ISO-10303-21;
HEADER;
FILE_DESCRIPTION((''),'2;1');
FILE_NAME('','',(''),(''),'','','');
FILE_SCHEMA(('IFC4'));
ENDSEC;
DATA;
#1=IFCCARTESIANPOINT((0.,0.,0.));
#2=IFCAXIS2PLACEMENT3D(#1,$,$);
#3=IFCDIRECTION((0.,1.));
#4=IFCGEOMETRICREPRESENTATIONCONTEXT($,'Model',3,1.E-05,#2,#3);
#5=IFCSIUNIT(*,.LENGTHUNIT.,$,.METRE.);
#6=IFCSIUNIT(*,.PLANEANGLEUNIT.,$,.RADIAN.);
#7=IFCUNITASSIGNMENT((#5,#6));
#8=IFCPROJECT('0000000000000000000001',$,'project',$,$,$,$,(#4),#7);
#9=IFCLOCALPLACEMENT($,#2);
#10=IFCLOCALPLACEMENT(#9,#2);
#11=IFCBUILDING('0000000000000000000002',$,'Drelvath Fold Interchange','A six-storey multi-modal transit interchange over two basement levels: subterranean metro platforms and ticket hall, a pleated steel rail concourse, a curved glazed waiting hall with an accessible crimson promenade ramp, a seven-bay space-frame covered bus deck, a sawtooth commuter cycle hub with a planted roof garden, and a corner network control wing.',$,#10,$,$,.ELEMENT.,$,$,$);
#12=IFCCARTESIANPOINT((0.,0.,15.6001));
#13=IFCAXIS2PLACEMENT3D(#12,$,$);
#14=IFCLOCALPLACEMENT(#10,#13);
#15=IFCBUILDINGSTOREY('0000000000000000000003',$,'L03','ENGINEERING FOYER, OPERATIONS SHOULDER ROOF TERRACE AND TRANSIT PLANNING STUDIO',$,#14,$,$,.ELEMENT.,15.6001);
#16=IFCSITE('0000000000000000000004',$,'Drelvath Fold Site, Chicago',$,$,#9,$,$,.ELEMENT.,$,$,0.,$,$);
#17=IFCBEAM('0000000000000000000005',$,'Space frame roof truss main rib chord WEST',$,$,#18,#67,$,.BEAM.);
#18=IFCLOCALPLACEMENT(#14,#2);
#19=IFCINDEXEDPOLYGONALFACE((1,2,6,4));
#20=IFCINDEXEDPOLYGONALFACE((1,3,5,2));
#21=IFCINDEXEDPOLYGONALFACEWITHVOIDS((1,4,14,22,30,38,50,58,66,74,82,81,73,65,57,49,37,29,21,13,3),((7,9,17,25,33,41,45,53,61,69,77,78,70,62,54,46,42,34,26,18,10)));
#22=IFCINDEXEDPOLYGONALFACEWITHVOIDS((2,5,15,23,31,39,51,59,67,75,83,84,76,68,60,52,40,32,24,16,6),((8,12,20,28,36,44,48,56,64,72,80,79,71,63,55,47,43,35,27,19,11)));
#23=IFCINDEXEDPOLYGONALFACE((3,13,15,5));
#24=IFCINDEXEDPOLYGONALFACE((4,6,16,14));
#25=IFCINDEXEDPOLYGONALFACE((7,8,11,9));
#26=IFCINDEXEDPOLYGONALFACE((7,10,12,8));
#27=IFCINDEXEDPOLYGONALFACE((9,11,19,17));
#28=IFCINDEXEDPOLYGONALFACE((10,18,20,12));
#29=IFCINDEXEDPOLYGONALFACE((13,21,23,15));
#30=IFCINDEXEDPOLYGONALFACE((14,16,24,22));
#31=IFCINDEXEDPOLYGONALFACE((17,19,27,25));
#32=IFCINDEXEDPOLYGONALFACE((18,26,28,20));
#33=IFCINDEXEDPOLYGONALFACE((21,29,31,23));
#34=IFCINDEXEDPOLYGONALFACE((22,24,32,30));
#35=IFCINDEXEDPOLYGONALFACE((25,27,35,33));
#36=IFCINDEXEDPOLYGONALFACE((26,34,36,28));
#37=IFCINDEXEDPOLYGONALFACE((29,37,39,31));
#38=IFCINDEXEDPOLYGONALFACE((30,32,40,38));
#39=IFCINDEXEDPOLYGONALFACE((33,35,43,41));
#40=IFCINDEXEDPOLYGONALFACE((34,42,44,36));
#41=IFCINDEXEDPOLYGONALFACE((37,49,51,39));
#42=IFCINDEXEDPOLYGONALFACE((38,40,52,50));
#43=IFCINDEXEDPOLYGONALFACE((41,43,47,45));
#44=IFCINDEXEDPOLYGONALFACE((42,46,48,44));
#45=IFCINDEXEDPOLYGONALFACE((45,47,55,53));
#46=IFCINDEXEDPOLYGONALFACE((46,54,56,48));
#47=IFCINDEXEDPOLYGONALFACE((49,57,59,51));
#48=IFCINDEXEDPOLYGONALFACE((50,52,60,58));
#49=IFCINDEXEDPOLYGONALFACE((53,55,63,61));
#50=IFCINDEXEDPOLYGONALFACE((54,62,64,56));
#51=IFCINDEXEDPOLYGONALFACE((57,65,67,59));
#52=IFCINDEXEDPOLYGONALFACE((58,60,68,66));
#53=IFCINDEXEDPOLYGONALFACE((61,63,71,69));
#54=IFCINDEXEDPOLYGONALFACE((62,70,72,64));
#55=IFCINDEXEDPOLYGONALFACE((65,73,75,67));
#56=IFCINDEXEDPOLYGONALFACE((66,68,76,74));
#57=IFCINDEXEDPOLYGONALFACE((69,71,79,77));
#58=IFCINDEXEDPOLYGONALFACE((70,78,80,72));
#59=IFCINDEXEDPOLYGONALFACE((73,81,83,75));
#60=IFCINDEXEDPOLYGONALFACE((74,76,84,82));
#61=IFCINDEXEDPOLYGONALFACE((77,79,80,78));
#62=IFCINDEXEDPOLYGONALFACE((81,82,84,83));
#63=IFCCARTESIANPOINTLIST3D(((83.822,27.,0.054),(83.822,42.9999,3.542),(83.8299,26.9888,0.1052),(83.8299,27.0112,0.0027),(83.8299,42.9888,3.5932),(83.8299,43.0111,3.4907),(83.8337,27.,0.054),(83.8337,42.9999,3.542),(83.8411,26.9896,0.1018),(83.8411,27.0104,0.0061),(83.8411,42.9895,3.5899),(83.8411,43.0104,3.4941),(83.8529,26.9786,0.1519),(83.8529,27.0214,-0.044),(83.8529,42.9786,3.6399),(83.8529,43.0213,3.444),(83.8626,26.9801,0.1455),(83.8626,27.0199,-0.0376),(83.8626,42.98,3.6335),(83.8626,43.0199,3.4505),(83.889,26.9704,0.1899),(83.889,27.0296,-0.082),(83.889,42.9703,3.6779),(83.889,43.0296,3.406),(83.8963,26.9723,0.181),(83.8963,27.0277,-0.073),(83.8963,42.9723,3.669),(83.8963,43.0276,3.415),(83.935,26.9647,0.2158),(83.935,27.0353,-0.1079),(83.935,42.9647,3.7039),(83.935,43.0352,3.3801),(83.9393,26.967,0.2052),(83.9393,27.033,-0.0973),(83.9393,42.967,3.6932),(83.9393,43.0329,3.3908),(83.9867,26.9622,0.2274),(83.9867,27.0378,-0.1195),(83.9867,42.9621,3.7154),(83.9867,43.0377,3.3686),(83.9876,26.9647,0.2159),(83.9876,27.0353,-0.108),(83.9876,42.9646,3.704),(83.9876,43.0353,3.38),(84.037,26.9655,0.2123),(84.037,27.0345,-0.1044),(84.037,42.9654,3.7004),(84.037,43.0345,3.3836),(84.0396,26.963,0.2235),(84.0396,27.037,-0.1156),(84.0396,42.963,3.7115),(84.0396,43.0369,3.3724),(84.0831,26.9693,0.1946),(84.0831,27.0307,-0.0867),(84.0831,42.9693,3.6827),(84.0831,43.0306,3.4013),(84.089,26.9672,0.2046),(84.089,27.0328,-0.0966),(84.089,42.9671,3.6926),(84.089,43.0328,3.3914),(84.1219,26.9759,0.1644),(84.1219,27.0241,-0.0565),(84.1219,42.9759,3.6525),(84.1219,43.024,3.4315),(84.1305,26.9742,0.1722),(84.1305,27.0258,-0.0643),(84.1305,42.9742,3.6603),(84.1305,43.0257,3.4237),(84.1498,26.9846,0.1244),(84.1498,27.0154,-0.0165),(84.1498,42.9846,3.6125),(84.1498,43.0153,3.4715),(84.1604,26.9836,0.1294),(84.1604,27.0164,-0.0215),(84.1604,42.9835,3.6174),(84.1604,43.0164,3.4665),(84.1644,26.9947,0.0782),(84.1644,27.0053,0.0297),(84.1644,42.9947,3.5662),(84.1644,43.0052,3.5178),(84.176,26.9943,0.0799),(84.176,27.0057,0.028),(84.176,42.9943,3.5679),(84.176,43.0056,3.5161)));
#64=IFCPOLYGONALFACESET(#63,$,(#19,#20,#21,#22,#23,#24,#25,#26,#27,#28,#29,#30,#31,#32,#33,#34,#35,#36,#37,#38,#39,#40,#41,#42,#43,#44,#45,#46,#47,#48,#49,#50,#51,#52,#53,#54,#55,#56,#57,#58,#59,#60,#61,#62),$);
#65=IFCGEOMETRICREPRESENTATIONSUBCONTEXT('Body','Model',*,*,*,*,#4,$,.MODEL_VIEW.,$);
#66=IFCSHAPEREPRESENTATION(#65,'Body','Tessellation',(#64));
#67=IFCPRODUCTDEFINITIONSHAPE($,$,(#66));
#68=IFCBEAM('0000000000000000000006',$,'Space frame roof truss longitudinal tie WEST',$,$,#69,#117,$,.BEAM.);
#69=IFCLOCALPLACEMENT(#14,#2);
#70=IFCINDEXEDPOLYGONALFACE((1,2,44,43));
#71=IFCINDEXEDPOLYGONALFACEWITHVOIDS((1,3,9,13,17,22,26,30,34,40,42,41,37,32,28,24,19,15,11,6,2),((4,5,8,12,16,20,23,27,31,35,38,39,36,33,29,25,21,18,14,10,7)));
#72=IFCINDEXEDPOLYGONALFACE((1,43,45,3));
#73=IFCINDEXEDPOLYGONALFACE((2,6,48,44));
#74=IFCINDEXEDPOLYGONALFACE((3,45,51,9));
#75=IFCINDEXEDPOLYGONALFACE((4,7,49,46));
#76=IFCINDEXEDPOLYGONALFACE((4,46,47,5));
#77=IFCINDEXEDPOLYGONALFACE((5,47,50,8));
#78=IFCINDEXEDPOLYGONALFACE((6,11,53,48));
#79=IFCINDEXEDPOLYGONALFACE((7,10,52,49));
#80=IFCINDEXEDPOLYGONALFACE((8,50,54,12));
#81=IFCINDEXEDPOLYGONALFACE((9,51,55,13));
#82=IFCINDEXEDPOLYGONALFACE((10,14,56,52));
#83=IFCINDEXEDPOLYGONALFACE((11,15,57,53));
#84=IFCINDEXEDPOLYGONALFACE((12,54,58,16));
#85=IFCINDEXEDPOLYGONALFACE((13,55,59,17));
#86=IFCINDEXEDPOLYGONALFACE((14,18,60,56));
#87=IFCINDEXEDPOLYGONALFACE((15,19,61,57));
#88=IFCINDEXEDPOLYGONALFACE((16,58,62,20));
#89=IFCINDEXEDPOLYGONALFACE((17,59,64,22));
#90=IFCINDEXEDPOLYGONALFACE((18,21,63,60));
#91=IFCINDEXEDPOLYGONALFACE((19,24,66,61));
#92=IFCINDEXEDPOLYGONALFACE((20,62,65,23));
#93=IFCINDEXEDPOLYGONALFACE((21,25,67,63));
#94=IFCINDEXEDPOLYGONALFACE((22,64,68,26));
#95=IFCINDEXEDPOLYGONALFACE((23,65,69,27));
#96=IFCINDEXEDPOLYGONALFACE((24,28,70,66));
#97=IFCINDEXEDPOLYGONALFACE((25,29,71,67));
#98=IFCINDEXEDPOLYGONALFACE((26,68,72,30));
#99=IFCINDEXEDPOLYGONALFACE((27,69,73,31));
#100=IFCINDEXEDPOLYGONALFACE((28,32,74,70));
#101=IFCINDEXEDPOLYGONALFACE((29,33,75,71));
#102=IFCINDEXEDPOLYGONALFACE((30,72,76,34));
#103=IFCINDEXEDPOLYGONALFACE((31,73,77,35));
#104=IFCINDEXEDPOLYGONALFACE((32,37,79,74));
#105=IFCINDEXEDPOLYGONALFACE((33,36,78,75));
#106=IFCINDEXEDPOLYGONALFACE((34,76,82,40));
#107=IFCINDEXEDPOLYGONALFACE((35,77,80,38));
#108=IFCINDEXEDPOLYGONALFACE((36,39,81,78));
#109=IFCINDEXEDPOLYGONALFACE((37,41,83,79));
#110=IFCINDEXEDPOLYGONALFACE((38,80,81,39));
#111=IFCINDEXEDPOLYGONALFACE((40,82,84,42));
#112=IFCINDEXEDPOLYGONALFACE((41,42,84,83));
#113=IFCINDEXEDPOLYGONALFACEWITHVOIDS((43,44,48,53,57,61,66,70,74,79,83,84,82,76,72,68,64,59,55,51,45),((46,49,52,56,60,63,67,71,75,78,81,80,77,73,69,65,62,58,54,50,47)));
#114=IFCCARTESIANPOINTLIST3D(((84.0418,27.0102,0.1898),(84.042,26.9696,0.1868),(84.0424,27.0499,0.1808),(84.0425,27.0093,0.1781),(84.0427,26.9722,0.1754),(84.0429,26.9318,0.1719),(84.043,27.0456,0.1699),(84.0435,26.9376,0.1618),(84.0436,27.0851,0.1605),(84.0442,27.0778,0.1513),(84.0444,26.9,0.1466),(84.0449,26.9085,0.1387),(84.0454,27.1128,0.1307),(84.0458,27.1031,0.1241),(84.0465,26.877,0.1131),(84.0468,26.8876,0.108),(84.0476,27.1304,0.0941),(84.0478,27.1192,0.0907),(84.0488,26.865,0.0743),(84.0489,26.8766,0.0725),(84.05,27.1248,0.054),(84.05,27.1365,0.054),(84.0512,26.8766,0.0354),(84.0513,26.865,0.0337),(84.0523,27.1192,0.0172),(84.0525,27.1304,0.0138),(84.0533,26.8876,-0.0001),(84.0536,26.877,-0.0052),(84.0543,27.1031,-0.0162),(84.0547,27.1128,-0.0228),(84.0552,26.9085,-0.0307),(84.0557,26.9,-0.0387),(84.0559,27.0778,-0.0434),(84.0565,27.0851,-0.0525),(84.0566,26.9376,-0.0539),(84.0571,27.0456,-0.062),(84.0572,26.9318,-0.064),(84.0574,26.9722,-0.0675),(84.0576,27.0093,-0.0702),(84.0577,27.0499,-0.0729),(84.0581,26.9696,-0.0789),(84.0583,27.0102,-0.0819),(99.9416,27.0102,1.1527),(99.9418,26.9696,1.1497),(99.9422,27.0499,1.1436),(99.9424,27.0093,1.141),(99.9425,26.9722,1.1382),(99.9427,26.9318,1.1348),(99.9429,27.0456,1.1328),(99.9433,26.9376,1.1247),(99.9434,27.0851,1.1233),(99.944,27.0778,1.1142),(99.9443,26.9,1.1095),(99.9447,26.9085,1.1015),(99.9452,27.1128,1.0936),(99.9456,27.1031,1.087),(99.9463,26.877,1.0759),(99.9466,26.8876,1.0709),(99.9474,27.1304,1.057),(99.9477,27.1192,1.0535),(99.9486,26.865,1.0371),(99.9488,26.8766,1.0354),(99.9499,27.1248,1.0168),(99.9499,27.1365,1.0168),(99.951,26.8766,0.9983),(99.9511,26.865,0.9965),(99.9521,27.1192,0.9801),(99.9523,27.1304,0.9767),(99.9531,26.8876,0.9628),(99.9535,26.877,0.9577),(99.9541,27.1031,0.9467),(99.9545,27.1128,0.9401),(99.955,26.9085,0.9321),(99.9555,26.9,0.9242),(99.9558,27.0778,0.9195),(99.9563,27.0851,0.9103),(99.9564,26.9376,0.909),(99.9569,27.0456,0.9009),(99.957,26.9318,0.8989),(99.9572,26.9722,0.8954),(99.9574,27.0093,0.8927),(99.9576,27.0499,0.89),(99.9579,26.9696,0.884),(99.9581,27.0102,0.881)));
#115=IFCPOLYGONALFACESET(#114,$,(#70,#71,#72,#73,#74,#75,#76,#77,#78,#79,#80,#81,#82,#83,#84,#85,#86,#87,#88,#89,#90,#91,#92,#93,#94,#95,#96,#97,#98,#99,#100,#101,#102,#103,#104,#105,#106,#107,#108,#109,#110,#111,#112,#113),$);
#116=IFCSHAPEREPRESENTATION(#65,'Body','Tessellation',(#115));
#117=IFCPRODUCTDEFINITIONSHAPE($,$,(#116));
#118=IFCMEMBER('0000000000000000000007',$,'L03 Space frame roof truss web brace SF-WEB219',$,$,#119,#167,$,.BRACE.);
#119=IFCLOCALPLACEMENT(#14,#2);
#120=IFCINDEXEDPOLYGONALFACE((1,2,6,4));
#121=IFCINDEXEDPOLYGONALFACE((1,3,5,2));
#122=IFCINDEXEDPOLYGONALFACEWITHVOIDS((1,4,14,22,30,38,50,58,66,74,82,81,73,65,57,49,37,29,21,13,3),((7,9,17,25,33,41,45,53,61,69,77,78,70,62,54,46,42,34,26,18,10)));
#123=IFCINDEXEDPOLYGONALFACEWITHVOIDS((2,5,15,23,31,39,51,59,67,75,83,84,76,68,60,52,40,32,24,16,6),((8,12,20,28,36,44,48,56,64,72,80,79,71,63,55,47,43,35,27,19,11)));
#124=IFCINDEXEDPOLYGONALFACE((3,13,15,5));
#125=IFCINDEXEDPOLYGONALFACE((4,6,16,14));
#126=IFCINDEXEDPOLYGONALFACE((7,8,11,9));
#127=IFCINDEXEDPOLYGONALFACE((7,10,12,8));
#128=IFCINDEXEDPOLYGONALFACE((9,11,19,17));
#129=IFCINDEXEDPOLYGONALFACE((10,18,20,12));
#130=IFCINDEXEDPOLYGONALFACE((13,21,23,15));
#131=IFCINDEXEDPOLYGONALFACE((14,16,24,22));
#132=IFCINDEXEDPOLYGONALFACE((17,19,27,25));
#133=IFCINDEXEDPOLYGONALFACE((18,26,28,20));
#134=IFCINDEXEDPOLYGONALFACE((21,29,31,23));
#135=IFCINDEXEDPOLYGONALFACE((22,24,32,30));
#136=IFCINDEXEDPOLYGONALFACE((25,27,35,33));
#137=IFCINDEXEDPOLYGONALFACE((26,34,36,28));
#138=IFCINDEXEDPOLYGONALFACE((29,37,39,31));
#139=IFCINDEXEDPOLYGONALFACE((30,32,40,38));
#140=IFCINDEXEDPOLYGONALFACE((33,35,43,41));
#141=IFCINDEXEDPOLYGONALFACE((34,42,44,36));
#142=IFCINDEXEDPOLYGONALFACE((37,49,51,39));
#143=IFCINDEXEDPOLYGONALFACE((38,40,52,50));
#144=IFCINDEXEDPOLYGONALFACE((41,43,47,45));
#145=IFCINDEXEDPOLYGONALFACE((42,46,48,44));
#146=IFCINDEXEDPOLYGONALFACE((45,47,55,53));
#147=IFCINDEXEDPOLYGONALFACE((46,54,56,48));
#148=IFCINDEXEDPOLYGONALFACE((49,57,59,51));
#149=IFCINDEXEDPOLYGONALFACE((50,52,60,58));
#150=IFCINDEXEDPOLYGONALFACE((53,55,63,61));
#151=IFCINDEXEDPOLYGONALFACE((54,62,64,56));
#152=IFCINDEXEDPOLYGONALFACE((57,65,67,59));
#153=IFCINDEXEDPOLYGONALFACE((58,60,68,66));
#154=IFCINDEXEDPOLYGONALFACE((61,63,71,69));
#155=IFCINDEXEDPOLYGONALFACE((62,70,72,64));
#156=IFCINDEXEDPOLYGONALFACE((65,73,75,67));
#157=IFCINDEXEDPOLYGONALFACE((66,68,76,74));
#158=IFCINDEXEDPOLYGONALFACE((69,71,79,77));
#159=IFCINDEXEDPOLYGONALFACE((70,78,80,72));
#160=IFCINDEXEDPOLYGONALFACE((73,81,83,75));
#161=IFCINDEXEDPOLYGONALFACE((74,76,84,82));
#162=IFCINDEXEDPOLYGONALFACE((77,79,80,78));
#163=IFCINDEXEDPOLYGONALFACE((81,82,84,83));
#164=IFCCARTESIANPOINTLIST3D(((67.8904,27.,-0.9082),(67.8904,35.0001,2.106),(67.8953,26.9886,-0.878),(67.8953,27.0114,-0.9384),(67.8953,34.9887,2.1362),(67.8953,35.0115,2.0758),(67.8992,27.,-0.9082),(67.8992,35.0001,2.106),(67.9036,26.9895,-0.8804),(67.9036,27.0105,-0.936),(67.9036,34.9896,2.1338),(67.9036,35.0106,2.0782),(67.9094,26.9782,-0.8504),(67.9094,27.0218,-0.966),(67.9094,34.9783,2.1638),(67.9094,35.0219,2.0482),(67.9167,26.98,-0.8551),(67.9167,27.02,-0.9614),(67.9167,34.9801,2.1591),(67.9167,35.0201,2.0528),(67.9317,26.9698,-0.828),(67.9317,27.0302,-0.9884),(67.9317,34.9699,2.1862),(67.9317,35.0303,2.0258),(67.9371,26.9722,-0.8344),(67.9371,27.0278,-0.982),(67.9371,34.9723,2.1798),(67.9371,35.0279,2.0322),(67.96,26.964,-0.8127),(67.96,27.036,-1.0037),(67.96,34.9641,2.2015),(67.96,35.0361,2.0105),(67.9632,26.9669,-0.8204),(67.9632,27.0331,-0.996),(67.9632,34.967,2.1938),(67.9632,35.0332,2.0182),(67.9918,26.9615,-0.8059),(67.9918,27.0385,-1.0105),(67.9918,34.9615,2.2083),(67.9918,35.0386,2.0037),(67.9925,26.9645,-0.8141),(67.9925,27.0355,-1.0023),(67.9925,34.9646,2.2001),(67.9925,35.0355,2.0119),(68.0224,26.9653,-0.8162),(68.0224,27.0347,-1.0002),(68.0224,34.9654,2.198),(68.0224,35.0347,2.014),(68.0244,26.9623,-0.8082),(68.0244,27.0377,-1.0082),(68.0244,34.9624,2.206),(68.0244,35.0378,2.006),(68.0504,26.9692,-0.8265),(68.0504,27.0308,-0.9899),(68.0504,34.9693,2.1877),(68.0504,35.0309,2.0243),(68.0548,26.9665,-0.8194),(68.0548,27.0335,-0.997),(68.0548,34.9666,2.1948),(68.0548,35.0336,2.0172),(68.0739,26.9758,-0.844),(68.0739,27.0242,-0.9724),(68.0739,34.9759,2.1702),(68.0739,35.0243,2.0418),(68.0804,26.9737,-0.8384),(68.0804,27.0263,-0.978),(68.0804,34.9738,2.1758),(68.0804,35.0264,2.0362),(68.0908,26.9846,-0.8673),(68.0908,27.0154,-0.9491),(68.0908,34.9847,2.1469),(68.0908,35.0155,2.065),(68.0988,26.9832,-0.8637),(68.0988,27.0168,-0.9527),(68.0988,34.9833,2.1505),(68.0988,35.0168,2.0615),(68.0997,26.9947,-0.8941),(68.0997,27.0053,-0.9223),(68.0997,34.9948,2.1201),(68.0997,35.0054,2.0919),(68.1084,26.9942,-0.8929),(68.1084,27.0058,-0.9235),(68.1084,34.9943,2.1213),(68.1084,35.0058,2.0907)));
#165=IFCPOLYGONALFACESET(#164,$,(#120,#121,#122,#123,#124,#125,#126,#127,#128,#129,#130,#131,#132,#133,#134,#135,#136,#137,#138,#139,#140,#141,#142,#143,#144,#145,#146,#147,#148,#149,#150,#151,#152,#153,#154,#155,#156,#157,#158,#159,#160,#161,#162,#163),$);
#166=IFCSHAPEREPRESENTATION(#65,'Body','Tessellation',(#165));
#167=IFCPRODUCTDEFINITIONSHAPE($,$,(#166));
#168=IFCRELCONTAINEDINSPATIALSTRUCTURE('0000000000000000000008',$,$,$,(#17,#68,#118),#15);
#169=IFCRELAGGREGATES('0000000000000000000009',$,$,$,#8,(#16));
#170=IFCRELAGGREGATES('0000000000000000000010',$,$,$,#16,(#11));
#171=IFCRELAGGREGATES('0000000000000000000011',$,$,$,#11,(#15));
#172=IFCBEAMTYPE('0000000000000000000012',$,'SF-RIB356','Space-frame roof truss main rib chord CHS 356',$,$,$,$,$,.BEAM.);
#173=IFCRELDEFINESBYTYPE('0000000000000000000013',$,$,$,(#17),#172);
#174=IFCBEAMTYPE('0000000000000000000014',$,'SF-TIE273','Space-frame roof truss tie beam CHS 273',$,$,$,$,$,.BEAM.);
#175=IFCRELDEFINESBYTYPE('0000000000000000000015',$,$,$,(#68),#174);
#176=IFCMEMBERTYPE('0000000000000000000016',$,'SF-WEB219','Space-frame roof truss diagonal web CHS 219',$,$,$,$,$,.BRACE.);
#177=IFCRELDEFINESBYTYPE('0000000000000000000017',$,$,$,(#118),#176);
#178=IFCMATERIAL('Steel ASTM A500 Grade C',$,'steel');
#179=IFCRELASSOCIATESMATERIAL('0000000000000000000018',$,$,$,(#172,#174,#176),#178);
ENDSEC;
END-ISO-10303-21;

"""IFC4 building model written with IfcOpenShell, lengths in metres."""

from ifc_helpers import new_model, si_unit, direction, frame, origin, origin_2d, place, context, subcontext, project, spatial, hollow_circle, extrude, material, material_profile, profile_set, type_object, element, save


model = new_model("IFC4")

# Units and contexts
model_context = context("Model", 3, precision=1e-05, world=origin(), true_north=direction((0.0, 1.0)))
body_context = subcontext(model_context, "Body", "Model", "MODEL_VIEW")
ifc_project = project(units=[si_unit("LENGTHUNIT", "METRE"), si_unit("PLANEANGLEUNIT", "RADIAN")], contexts=[model_context])

# Site, building, storey
site_placement = place(None, origin())
site = spatial("IfcSite", under=ifc_project, at=site_placement, Name="Drelvath Fold Site, Chicago", CompositionType="ELEMENT", RefElevation=0.0)
building_placement = place(site_placement, origin())
building = spatial("IfcBuilding", under=site, at=building_placement, Name="Drelvath Fold Interchange", Description="A six-storey multi-modal transit interchange over two basement levels: subterranean metro platforms and ticket hall, a pleated steel rail concourse, a curved glazed waiting hall with an accessible crimson promenade ramp, a seven-bay space-frame covered bus deck, a sawtooth commuter cycle hub with a planted roof garden, and a corner network control wing.", CompositionType="ELEMENT")
storey_placement = place(building_placement, frame((0.0, 0.0, 15.6001)))
storey = spatial("IfcBuildingStorey", under=building, at=storey_placement, Name="L03", Description="ENGINEERING FOYER, OPERATIONS SHOULDER ROOF TERRACE AND TRANSIT PLANNING STUDIO", CompositionType="ELEMENT", Elevation=15.6001)

# Shared definitions
ifc_material_1 = material(Name="Steel ASTM A500 Grade C", Category="steel")

# Beams
ifc_material_profile_1 = material_profile(ifc_material_1, hollow_circle(Radius=0.178, WallThickness=0.0117, at=origin_2d()), Name="HSS14.000X0.500")
ifc_profile_set_1 = profile_set([ifc_material_profile_1], Name="Steel ASTM A500 Grade C")
beam_type_1 = type_object("IfcBeamType", Name="SF-RIB356", Description="Space-frame roof truss main rib chord CHS 356", PredefinedType="BEAM", material=ifc_profile_set_1)
for number, where, z_axis, x_axis, name in (
    (1, (84.0, 27.0, 0.054), (0.0, 0.977052, 0.213), (-1.0, 0.0, 0.0), "Space frame roof truss main rib chord WEST"),
):
    element("IfcBeam", number, at=place(storey_placement, frame(where, z_axis=z_axis, x_axis=x_axis)), inside=storey, type_object=beam_type_1, Name=name, PredefinedType="BEAM", context=body_context, shape_type="SweptSolid", body=[
        extrude(hollow_circle(Radius=0.178, WallThickness=0.0117, at=origin_2d()), origin(), (0.0, 0.0, 1.0), 16.3757),
    ])
ifc_material_profile_2 = material_profile(ifc_material_1, hollow_circle(Radius=0.1365, WallThickness=0.0117, at=origin_2d()), Name="HSS10.750X0.500")
ifc_profile_set_2 = profile_set([ifc_material_profile_2], Name="Steel ASTM A500 Grade C")
beam_type_2 = type_object("IfcBeamType", Name="SF-TIE273", Description="Space-frame roof truss tie beam CHS 273", PredefinedType="BEAM", material=ifc_profile_set_2)
beam_placement = place(storey_placement, frame((84.05, 27.0, 0.054), z_axis=(0.998171, 0.0, 0.060449), x_axis=(0.0, 1.0, 0.0)))
element("IfcBeam", 2, at=beam_placement, inside=storey, type_object=beam_type_2, Name="Space frame roof truss longitudinal tie WEST", PredefinedType="BEAM", context=body_context, shape_type="SweptSolid", body=[
    extrude(hollow_circle(Radius=0.1365, WallThickness=0.0117, at=origin_2d()), origin(), (0.0, 0.0, 1.0), 15.929),
])

# Member
ifc_material_profile_3 = material_profile(ifc_material_1, hollow_circle(Radius=0.1096, WallThickness=0.0088, at=origin_2d()), Name="HSS8.625X0.375")
ifc_profile_set_3 = profile_set([ifc_material_profile_3], Name="Steel ASTM A500 Grade C")
member_type_1 = type_object("IfcMemberType", Name="SF-WEB219", Description="Space-frame roof truss diagonal web CHS 219", PredefinedType="BRACE", material=ifc_profile_set_3)
member_1_placement = place(storey_placement, frame((68.0, 27.0, -0.9082), z_axis=(0.0, 0.935783, 0.352575), x_axis=(-1.0, 0.0, 0.0)))
element("IfcMember", 3, at=member_1_placement, inside=storey, type_object=member_type_1, Name="L03 Space frame roof truss web brace SF-WEB219", PredefinedType="BRACE", context=body_context, shape_type="SweptSolid", body=[
    extrude(hollow_circle(Radius=0.1096, WallThickness=0.0088, at=origin_2d()), origin(), (0.0, 0.0, 1.0), 8.5491),
])

save(model, "model.ifc")
